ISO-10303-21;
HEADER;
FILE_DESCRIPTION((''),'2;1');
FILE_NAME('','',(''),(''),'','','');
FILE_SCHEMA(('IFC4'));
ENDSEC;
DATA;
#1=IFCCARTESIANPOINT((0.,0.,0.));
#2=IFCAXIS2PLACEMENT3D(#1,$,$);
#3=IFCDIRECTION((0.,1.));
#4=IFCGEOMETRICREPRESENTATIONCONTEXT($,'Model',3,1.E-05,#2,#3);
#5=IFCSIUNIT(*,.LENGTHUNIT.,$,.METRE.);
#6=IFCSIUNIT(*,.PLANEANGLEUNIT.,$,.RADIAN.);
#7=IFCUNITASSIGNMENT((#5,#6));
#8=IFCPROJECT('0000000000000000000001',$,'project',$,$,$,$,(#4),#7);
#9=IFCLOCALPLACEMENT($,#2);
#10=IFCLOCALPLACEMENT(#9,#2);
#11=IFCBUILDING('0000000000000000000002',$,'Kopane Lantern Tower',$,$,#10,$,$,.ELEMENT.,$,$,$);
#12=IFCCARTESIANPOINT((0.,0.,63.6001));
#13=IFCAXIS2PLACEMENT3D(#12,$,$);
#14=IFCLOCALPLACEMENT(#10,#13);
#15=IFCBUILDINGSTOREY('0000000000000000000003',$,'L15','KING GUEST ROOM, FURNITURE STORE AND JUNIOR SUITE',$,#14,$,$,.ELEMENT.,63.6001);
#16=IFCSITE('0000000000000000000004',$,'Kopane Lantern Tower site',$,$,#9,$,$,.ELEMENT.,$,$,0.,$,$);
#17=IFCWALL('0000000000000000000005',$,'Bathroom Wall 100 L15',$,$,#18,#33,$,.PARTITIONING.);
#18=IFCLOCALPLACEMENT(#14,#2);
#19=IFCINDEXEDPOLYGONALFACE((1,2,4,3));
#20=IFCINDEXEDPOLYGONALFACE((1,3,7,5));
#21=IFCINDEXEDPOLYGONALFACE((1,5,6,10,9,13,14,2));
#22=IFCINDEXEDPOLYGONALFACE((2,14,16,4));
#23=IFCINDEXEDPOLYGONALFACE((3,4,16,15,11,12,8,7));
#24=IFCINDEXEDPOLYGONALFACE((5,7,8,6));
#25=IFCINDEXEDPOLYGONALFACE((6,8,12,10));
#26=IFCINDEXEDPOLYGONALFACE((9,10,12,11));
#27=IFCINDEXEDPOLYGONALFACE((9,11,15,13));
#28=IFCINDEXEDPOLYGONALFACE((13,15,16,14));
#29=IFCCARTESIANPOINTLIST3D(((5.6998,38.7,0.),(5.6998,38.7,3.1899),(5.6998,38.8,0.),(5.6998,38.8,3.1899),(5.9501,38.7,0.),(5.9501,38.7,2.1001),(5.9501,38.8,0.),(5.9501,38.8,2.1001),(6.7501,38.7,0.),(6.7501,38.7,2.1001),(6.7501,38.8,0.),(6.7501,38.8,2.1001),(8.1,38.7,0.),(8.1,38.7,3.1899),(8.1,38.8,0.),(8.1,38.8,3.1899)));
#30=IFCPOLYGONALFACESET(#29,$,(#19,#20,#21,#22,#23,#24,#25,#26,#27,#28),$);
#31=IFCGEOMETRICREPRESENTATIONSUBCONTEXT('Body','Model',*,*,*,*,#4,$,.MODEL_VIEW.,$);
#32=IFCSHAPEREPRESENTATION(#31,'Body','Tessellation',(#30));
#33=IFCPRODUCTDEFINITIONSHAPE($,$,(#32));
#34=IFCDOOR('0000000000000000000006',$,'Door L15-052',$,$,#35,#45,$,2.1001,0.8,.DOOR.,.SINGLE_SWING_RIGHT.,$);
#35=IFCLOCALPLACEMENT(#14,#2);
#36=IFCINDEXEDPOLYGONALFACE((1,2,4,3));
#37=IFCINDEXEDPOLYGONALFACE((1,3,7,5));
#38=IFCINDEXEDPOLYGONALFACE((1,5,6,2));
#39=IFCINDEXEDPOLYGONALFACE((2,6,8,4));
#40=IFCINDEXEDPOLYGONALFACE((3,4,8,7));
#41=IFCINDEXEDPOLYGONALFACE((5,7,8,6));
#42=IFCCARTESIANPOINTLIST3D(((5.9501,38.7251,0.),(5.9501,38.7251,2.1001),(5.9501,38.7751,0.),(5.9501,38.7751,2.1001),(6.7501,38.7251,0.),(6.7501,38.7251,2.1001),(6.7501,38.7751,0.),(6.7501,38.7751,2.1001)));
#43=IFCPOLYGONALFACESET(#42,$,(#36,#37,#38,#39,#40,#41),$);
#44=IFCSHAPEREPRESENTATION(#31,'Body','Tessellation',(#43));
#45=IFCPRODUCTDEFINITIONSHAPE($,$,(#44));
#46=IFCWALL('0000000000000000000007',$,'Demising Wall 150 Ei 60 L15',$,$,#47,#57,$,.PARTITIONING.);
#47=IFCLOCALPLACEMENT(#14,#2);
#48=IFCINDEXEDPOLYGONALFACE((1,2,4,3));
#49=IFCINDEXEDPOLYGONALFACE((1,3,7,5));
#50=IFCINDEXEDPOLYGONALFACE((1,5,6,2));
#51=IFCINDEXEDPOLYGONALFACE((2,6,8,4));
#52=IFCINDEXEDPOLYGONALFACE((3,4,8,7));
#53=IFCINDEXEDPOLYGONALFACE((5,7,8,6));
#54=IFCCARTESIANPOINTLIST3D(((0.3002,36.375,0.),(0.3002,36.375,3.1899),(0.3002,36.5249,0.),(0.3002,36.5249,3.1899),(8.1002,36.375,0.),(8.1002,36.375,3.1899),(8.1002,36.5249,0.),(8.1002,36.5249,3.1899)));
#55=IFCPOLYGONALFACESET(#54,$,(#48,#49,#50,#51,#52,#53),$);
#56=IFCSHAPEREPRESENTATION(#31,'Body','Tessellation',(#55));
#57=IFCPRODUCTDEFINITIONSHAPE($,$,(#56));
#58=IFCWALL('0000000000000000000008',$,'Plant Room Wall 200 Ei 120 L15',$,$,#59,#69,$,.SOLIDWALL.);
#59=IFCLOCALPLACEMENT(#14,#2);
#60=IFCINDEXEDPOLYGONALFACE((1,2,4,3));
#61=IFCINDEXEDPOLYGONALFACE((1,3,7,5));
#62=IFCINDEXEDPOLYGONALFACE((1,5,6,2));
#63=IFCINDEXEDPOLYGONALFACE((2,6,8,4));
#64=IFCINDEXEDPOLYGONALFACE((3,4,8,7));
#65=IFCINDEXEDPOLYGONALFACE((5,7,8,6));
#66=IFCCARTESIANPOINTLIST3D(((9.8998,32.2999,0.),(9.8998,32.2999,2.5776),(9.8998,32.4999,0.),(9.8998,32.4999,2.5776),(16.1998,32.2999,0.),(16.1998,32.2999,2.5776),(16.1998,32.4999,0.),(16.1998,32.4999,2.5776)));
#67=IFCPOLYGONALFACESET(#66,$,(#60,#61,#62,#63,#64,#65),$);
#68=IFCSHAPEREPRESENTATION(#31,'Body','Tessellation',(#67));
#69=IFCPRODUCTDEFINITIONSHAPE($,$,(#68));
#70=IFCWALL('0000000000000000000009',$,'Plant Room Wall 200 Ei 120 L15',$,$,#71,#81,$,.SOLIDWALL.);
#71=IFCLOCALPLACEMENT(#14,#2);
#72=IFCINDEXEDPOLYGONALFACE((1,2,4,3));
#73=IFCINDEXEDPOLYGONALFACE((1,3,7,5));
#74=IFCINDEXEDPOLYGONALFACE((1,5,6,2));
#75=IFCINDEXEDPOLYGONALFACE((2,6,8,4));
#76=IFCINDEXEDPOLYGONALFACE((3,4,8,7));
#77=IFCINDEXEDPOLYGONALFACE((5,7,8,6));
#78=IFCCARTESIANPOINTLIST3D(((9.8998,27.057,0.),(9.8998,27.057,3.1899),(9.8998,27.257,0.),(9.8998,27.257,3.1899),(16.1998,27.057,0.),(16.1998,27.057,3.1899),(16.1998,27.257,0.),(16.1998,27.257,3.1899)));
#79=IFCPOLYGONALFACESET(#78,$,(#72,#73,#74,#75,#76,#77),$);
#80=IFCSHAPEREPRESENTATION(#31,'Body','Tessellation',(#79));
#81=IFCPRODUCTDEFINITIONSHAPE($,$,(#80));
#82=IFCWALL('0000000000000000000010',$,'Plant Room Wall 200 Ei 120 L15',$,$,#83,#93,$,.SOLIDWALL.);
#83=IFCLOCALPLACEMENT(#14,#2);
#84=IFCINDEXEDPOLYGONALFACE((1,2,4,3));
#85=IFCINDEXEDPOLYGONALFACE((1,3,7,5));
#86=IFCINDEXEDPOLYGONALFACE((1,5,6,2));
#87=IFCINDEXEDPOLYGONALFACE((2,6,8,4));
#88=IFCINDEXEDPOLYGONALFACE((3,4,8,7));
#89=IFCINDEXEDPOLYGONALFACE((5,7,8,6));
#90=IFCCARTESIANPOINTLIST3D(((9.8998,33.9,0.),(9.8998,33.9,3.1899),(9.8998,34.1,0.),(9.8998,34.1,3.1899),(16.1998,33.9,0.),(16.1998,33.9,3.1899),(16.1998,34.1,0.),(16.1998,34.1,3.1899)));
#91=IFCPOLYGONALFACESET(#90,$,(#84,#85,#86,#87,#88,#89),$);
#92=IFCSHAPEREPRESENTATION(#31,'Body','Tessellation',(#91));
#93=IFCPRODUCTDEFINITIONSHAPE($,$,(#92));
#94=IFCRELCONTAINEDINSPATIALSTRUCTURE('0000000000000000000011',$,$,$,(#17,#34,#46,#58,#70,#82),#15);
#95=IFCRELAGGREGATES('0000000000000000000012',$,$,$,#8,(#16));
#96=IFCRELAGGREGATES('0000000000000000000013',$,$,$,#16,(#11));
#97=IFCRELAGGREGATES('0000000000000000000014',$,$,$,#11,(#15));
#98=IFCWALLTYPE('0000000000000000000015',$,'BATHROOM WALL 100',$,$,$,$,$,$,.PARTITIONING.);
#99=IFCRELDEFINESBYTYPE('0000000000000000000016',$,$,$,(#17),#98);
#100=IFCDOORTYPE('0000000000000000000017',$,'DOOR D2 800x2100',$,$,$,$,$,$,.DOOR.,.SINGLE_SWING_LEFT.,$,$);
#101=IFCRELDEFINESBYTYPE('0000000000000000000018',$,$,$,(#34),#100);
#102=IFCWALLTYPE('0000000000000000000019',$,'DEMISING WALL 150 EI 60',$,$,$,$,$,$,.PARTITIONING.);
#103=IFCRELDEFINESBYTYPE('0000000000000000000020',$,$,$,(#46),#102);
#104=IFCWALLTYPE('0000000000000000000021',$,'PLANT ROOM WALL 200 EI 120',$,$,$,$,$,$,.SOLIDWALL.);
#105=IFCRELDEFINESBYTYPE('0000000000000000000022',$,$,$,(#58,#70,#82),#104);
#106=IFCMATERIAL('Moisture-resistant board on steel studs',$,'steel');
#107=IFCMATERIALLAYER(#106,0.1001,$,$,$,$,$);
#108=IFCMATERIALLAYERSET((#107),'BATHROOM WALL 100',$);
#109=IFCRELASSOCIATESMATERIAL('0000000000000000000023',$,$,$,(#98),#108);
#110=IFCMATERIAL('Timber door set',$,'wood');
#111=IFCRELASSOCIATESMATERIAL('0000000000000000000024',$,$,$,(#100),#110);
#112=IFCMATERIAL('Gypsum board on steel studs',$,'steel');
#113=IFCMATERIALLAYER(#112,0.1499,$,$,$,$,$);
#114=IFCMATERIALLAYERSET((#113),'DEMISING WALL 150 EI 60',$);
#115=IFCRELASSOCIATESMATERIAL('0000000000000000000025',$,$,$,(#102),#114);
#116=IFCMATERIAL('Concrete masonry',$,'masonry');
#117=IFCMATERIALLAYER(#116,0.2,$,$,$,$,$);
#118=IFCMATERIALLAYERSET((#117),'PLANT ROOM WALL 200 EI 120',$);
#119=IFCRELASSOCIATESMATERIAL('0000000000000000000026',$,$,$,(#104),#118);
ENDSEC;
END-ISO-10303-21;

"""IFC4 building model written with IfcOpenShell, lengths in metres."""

from ifc_helpers import new_model, si_unit, direction, frame, frame_2d, origin, place, context, subcontext, project, spatial, rectangle, extrude, material, layer, layer_set, type_object, element, fill, save


model = new_model("IFC4")

# Units and contexts
model_context = context("Model", 3, precision=1e-05, world=origin(), true_north=direction((0.0, 1.0)))
body_context = subcontext(model_context, "Body", "Model", "MODEL_VIEW")
ifc_project = project(units=[si_unit("LENGTHUNIT", "METRE"), si_unit("PLANEANGLEUNIT", "RADIAN")], contexts=[model_context])

# Site, building, storey
site_placement = place(None, origin())
site = spatial("IfcSite", under=ifc_project, at=site_placement, Name="Kopane Lantern Tower site", CompositionType="ELEMENT", RefElevation=0.0)
building_placement = place(site_placement, origin())
building = spatial("IfcBuilding", under=site, at=building_placement, Name="Kopane Lantern Tower", CompositionType="ELEMENT")
storey_placement = place(building_placement, frame((0.0, 0.0, 63.6001)))
storey = spatial("IfcBuildingStorey", under=building, at=storey_placement, Name="L15", Description="KING GUEST ROOM, FURNITURE STORE AND JUNIOR SUITE", CompositionType="ELEMENT", Elevation=63.6001)

# Shared definitions
ifc_material_1 = material(Name="Moisture-resistant board on steel studs", Category="steel")
ifc_layer_1 = layer(ifc_material_1, 0.1001)
ifc_layer_set_1 = layer_set([ifc_layer_1], Name="BATHROOM WALL 100")
wall_type_1 = type_object("IfcWallType", Name="BATHROOM WALL 100", PredefinedType="PARTITIONING", material=ifc_layer_set_1)

# Wall, opening, door
wall_1_placement = place(storey_placement, frame((8.1001, 38.75, 0.0), z_axis=(0.0, 0.0, 1.0), x_axis=(-1.0, 0.0, 0.0)))
wall_1 = element("IfcWall", 1, at=wall_1_placement, inside=storey, type_object=wall_type_1, Name="Bathroom Wall 100 L15", PredefinedType="PARTITIONING", context=body_context, shape_type="SweptSolid", body=[
    extrude(rectangle(XDim=2.4001, YDim=0.1001, at=frame_2d((1.2002, 0.0))), origin(), (0.0, 0.0, 1.0), 3.1899),
])
opening_placement = place(wall_1_placement, frame((1.3501, 0.0, 0.0)))
opening = element("IfcOpeningElement", 2, at=opening_placement, cuts=wall_1, PredefinedType="OPENING", context=body_context, shape_type="SweptSolid", body=[
    extrude(rectangle(XDim=0.8, YDim=2.1001, at=frame_2d((0.3999, 1.05))), frame((0.0, 0.0601, 0.0), z_axis=(0.0, -1.0, 0.0), x_axis=(1.0, 0.0, 0.0)), (0.0, 0.0, 1.0), 0.1201),
])
ifc_material_2 = material(Name="Timber door set", Category="wood")
door_type = type_object("IfcDoorType", Name="DOOR D2 800x2100", OperationType="SINGLE_SWING_LEFT", PredefinedType="DOOR", material=ifc_material_2)
door_placement = place(opening_placement, origin())
door = element("IfcDoor", 3, at=door_placement, inside=storey, type_object=door_type, Name="Door L15-052", OperationType="SINGLE_SWING_RIGHT", OverallHeight=2.1001, OverallWidth=0.8, PredefinedType="DOOR", context=body_context, shape_type="SweptSolid", body=[
    extrude(rectangle(XDim=0.8, YDim=2.1001, at=frame_2d((0.3999, 1.05))), frame((0.0, 0.0249, 0.0), z_axis=(0.0, -1.0, 0.0), x_axis=(1.0, 0.0, 0.0)), (0.0, 0.0, 1.0), 0.05),
])
fill(opening, door)

# Walls
ifc_material_3 = material(Name="Gypsum board on steel studs", Category="steel")
ifc_layer_2 = layer(ifc_material_3, 0.1499)
ifc_layer_set_2 = layer_set([ifc_layer_2], Name="DEMISING WALL 150 EI 60")
wall_type_2 = type_object("IfcWallType", Name="DEMISING WALL 150 EI 60", PredefinedType="PARTITIONING", material=ifc_layer_set_2)
wall_2_placement = place(storey_placement, frame((8.1001, 36.45, 0.0), z_axis=(0.0, 0.0, 1.0), x_axis=(-1.0, 0.0, 0.0)))
element("IfcWall", 4, at=wall_2_placement, inside=storey, type_object=wall_type_2, Name="Demising Wall 150 Ei 60 L15", PredefinedType="PARTITIONING", context=body_context, shape_type="SweptSolid", body=[
    extrude(rectangle(XDim=7.8, YDim=0.1499, at=frame_2d((3.8999, 0.0))), origin(), (0.0, 0.0, 1.0), 3.1899),
])
ifc_material_4 = material(Name="Concrete masonry", Category="masonry")
ifc_layer_3 = layer(ifc_material_4, 0.2)
ifc_layer_set_3 = layer_set([ifc_layer_3], Name="PLANT ROOM WALL 200 EI 120")
wall_type_3 = type_object("IfcWallType", Name="PLANT ROOM WALL 200 EI 120", PredefinedType="SOLIDWALL", material=ifc_layer_set_3)
wall_3_placement = place(storey_placement, frame((9.8999, 32.3999, 0.0), z_axis=(0.0, 0.0, 1.0), x_axis=(1.0, 0.0, 0.0)))
element("IfcWall", 5, at=wall_3_placement, inside=storey, type_object=wall_type_3, Name="Plant Room Wall 200 Ei 120 L15", PredefinedType="SOLIDWALL", context=body_context, shape_type="SweptSolid", body=[
    extrude(rectangle(XDim=6.3, YDim=0.2, at=frame_2d((3.1499, 0.0))), origin(), (0.0, 0.0, 1.0), 2.5776),
])
for number, where, z_axis, x_axis, name in (
    (6, (9.8999, 27.157, 0.0), (0.0, 0.0, 1.0), (1.0, 0.0, 0.0), "Plant Room Wall 200 Ei 120 L15"),
    (7, (9.8999, 34.0, 0.0), (0.0, 0.0, 1.0), (1.0, 0.0, 0.0), "Plant Room Wall 200 Ei 120 L15"),
):
    element("IfcWall", number, at=place(storey_placement, frame(where, z_axis=z_axis, x_axis=x_axis)), inside=storey, type_object=wall_type_3, Name=name, PredefinedType="SOLIDWALL", context=body_context, shape_type="SweptSolid", body=[
        extrude(rectangle(XDim=6.3, YDim=0.2, at=frame_2d((3.1499, 0.0))), origin(), (0.0, 0.0, 1.0), 3.1899),
    ])

save(model, "model.ifc")
